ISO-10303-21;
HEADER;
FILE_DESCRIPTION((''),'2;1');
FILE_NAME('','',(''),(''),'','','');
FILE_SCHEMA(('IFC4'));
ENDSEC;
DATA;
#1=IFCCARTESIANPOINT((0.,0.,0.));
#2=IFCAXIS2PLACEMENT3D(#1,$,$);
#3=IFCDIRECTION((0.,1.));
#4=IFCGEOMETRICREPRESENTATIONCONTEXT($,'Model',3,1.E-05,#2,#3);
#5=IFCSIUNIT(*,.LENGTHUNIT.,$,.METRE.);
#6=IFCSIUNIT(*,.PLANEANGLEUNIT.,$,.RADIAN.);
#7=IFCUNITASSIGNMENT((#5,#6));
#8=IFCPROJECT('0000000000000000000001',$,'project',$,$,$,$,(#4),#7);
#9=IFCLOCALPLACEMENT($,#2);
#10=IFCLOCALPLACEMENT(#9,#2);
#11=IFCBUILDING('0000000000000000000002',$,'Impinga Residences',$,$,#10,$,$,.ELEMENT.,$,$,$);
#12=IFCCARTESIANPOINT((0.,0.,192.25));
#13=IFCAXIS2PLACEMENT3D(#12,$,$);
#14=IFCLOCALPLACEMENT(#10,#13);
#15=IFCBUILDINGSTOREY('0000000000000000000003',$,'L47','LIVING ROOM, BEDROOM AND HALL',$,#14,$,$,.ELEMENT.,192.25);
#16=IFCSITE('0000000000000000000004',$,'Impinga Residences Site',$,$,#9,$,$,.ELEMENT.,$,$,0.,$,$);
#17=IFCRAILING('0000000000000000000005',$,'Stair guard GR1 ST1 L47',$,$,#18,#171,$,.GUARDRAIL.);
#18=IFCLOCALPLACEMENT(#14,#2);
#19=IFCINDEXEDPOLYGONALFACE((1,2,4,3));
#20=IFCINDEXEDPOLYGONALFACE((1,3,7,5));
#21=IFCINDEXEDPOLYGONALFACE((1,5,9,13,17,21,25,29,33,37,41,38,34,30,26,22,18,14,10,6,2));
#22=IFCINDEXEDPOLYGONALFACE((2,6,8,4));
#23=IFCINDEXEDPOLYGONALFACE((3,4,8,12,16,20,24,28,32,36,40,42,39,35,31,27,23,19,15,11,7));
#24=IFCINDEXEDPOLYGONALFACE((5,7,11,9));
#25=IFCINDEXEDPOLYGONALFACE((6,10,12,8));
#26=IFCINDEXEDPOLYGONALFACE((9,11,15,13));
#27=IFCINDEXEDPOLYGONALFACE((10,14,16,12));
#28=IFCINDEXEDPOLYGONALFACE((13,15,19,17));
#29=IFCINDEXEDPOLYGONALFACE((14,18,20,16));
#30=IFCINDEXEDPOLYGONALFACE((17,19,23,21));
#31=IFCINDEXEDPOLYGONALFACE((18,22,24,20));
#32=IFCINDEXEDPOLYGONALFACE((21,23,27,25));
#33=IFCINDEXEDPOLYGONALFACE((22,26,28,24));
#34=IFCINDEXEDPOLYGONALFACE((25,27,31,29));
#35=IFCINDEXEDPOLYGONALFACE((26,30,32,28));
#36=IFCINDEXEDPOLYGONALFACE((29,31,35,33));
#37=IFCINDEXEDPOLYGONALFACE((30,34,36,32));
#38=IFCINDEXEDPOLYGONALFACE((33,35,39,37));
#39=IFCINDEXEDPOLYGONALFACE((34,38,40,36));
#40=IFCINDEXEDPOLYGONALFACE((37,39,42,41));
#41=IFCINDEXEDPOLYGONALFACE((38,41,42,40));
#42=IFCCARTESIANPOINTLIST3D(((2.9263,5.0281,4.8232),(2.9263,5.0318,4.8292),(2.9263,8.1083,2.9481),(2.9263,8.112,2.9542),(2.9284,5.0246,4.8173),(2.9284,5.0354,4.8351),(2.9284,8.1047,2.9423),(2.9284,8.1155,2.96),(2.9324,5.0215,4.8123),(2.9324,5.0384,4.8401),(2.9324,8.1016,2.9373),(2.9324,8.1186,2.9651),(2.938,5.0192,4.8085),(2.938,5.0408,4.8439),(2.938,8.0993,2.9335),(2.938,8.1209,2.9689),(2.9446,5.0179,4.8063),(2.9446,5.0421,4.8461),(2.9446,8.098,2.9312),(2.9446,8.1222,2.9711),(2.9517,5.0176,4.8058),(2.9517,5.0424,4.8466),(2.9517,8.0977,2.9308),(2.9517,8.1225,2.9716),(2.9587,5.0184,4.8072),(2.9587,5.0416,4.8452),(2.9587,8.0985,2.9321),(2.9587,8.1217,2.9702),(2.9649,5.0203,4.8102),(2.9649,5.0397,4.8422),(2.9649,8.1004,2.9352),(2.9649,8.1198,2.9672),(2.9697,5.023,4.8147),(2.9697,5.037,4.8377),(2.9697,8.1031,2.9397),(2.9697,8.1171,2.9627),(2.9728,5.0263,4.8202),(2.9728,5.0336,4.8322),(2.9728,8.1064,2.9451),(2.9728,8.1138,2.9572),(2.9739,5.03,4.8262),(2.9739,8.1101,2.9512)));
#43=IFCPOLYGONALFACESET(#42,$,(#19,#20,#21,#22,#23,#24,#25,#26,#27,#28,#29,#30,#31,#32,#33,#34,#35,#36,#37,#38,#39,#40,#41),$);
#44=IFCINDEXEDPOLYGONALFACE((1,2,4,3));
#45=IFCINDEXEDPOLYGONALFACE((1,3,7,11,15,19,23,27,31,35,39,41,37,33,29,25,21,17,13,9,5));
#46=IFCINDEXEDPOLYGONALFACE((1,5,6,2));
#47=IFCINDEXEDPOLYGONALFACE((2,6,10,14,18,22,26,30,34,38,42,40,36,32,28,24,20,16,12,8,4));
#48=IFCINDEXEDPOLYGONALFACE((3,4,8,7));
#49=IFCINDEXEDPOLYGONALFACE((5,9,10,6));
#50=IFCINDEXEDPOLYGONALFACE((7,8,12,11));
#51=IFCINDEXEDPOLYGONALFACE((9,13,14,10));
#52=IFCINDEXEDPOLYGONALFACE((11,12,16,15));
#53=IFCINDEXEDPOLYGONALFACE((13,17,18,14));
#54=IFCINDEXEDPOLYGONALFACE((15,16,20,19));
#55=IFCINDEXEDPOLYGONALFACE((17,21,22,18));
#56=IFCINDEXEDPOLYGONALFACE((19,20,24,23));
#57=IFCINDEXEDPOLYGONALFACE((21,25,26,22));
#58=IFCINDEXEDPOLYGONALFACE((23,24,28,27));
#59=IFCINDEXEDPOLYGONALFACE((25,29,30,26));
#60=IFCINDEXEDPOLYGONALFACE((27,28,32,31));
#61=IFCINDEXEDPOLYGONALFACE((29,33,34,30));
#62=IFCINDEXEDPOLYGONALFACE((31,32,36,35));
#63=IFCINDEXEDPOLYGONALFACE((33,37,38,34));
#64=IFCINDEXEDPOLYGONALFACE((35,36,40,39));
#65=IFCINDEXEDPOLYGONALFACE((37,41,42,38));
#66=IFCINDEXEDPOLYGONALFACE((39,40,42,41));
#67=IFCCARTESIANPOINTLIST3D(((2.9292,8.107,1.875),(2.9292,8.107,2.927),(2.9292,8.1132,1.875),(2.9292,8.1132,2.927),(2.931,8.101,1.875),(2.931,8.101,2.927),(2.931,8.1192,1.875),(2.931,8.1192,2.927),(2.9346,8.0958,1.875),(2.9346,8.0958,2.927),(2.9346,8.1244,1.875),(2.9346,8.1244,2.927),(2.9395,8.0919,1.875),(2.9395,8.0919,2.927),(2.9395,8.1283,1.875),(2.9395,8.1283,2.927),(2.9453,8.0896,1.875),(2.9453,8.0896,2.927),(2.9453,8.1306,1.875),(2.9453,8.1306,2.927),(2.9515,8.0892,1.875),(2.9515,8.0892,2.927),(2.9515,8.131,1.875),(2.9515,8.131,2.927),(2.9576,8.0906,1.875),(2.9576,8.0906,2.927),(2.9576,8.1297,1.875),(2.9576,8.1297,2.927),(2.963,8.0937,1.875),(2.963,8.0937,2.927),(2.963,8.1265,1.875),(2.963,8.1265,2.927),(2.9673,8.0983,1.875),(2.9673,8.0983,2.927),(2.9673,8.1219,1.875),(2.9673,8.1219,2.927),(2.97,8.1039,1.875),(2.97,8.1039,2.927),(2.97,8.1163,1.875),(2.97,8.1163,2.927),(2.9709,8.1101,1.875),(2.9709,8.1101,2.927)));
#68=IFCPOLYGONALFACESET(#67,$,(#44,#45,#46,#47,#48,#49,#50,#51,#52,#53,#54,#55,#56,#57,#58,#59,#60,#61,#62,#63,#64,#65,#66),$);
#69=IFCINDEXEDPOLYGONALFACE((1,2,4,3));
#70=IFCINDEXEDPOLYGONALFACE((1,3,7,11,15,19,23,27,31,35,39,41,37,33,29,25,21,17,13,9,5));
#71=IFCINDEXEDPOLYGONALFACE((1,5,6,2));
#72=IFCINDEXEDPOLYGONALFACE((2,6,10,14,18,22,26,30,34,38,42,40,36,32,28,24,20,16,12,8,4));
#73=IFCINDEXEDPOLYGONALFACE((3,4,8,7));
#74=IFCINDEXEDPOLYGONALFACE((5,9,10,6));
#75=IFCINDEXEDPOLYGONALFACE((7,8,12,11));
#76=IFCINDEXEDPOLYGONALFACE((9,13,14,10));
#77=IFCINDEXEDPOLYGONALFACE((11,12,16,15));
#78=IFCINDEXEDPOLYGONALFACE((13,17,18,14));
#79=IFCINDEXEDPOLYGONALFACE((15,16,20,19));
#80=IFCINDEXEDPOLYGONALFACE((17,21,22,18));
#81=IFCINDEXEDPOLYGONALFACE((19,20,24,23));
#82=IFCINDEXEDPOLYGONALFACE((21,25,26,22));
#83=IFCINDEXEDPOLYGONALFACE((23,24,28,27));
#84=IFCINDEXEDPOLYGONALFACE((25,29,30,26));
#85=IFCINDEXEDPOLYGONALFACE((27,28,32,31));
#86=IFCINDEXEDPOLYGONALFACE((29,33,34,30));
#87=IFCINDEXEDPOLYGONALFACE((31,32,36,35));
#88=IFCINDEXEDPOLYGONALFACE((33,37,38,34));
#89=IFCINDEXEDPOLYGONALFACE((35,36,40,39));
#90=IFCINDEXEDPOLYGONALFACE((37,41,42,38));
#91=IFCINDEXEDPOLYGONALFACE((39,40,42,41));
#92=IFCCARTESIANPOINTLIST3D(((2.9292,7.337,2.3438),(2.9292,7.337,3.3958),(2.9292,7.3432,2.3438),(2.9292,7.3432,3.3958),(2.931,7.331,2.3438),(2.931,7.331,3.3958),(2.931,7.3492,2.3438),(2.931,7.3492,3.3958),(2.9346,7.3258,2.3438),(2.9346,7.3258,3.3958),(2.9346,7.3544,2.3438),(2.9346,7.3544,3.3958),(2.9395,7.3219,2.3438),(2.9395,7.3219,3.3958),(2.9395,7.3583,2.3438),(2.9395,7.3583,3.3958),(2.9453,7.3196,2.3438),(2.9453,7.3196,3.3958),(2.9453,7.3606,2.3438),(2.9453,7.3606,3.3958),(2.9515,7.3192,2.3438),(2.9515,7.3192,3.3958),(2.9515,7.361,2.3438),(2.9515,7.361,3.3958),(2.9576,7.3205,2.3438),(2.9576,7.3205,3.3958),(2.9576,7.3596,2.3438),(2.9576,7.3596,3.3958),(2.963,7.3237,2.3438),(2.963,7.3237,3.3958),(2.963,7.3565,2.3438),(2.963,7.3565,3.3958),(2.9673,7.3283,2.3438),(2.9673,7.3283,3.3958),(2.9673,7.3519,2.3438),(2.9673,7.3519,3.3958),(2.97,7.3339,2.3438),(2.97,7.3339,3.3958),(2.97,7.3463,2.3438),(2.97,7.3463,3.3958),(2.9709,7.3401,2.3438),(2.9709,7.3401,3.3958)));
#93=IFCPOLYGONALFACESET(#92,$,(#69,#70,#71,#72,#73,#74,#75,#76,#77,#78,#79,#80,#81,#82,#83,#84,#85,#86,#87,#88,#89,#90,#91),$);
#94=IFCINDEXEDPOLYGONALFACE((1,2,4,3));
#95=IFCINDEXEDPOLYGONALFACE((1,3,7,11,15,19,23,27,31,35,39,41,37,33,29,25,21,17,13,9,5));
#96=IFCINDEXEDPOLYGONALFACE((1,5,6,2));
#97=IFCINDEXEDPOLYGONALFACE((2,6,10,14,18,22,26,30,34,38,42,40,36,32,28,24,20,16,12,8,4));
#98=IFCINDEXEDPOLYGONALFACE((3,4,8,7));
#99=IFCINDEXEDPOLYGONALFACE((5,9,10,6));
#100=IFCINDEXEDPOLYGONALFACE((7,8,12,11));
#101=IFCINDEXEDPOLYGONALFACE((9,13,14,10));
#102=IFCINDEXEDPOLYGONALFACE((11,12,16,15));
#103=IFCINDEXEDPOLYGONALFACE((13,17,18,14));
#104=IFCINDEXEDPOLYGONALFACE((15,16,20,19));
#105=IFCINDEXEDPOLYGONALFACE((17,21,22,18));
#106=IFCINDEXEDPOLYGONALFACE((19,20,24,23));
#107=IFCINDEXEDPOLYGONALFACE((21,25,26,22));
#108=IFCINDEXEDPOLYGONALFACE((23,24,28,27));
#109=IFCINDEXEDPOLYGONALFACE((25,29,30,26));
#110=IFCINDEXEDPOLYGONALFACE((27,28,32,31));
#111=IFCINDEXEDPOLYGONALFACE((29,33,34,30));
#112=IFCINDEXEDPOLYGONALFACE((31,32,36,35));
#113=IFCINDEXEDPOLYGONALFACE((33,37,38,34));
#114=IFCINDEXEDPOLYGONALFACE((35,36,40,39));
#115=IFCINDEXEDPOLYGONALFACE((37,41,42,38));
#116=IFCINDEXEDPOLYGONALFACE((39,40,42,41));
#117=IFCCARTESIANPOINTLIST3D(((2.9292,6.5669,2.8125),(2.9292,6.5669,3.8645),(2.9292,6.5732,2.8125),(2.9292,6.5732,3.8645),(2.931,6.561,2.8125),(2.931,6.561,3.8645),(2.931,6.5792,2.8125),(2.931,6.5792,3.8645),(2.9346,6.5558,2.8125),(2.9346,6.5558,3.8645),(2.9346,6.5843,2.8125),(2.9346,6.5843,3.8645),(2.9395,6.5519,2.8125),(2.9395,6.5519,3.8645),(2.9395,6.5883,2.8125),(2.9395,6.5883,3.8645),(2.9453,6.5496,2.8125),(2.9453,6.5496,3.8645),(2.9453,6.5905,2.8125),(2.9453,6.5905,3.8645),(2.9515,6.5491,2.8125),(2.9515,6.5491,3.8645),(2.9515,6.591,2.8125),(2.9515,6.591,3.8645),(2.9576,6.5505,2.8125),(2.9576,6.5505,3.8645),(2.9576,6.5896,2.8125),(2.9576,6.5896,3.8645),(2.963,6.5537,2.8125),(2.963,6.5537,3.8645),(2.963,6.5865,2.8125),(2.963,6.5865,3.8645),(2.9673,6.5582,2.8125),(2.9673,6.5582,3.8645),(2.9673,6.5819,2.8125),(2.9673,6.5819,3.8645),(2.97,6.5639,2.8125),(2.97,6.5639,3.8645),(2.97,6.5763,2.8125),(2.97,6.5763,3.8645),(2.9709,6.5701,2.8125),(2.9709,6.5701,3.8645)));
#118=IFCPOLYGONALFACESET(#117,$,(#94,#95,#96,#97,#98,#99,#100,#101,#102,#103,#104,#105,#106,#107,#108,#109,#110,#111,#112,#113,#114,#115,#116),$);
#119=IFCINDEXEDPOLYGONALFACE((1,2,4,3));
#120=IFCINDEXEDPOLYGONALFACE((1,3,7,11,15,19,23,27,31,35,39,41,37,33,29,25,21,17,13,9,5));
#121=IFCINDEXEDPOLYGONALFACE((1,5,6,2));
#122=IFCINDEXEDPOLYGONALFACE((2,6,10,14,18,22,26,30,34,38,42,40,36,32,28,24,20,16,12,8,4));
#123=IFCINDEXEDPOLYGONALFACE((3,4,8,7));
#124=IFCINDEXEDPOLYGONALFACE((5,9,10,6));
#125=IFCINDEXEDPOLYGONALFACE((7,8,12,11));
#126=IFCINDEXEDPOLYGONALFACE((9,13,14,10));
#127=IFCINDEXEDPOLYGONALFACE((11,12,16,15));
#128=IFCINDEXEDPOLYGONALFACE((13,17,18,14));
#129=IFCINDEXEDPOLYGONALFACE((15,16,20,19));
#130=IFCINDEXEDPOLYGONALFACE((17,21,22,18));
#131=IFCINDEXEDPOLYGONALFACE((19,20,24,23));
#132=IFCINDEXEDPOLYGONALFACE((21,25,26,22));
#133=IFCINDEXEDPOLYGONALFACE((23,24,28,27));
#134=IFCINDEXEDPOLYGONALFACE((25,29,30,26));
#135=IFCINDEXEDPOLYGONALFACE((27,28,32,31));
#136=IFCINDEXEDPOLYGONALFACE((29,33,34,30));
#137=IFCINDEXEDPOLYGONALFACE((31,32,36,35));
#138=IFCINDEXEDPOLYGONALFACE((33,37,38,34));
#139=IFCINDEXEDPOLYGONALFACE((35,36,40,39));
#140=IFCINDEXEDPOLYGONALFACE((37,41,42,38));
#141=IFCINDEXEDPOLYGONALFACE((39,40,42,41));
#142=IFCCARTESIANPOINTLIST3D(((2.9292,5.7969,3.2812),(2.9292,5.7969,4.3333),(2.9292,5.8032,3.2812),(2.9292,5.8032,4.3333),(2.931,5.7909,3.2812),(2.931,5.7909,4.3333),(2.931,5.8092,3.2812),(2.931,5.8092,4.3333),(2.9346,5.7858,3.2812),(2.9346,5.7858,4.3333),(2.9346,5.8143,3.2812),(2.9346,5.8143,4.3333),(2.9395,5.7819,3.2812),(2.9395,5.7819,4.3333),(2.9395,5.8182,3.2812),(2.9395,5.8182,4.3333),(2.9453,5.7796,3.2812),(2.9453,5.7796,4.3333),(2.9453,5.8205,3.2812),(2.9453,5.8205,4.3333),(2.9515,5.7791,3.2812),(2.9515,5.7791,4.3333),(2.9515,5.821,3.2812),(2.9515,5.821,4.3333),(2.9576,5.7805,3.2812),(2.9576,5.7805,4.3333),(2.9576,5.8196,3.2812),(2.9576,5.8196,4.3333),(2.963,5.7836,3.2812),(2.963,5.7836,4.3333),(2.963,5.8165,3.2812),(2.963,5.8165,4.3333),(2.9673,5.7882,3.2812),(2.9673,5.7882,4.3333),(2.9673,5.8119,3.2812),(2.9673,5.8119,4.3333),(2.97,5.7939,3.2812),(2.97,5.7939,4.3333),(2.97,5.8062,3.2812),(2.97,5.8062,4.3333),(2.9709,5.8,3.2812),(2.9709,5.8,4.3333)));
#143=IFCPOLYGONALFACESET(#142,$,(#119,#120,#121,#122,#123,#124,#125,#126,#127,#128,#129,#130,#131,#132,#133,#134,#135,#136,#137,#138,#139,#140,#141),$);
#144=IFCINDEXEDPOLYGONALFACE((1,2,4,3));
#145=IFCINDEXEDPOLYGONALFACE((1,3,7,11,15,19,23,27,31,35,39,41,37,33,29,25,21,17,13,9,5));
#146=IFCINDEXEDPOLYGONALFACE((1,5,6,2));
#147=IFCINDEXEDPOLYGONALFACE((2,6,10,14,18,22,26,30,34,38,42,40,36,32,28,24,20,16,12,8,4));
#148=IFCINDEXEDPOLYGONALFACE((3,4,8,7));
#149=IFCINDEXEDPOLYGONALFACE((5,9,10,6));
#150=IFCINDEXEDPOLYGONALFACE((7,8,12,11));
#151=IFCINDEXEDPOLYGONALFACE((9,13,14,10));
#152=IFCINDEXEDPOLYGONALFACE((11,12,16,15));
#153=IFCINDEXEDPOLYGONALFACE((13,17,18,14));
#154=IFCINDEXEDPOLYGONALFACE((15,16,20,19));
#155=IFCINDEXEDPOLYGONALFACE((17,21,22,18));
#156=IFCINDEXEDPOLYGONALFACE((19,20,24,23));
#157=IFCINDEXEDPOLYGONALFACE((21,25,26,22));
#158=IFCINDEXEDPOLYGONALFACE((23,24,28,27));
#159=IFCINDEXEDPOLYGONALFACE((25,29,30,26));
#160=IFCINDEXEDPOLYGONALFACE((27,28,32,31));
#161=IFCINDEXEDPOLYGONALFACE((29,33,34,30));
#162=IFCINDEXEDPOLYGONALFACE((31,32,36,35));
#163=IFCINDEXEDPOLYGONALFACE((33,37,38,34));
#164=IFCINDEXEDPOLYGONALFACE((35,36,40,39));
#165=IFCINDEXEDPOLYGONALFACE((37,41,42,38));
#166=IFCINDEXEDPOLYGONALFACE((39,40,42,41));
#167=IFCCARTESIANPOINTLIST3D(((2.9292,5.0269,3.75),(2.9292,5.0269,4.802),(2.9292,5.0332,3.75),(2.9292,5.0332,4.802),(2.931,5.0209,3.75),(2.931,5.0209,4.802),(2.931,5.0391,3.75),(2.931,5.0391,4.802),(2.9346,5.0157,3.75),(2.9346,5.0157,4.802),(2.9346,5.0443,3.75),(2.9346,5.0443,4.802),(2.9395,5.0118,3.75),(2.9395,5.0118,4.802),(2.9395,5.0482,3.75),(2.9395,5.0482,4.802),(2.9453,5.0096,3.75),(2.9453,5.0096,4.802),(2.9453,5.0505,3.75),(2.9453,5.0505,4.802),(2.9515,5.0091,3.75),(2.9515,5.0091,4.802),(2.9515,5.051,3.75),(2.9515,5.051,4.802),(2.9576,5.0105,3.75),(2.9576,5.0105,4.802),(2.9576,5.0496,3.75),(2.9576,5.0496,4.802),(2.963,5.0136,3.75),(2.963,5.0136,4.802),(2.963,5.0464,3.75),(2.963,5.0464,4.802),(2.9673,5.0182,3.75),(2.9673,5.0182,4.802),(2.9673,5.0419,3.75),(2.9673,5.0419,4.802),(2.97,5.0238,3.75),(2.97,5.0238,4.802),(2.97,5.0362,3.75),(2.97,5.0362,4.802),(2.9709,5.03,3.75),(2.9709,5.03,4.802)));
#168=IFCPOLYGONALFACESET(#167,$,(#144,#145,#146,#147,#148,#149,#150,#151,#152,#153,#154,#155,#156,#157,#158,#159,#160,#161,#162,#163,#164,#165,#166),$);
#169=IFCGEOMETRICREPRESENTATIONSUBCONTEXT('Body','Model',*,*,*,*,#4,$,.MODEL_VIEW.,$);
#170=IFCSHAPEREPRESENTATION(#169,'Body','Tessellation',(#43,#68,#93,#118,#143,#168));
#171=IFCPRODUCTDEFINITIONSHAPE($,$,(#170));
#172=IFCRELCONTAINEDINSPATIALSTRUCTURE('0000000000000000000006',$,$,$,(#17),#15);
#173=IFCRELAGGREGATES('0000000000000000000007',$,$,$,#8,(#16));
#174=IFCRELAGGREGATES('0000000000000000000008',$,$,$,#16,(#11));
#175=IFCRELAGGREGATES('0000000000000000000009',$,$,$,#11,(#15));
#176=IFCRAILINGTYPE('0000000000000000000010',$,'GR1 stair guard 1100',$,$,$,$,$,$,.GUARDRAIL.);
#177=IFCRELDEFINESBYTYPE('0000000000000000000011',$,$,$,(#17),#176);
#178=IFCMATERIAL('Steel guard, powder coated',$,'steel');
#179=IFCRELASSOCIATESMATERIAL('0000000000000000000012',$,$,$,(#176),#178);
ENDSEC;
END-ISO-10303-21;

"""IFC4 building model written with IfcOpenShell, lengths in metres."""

from ifc_helpers import new_model, si_unit, direction, frame, origin, origin_2d, place, context, subcontext, project, spatial, circle, extrude, material, type_object, element, save


model = new_model("IFC4")

# Units and contexts
model_context = context("Model", 3, precision=1e-05, world=origin(), true_north=direction((0.0, 1.0)))
body_context = subcontext(model_context, "Body", "Model", "MODEL_VIEW")
ifc_project = project(units=[si_unit("LENGTHUNIT", "METRE"), si_unit("PLANEANGLEUNIT", "RADIAN")], contexts=[model_context])

# Site, building, storey
site_placement = place(None, origin())
site = spatial("IfcSite", under=ifc_project, at=site_placement, Name="Impinga Residences Site", CompositionType="ELEMENT", RefElevation=0.0)
building_placement = place(site_placement, origin())
building = spatial("IfcBuilding", under=site, at=building_placement, Name="Impinga Residences", CompositionType="ELEMENT")
storey_placement = place(building_placement, frame((0.0, 0.0, 192.25)))
storey = spatial("IfcBuildingStorey", under=building, at=storey_placement, Name="L47", Description="LIVING ROOM, BEDROOM AND HALL", CompositionType="ELEMENT", Elevation=192.25)

# Railing
ifc_material_1 = material(Name="Steel guard, powder coated", Category="steel")
railing_type_1 = type_object("IfcRailingType", Name="GR1 stair guard 1100", PredefinedType="GUARDRAIL", material=ifc_material_1)
railing_1_placement = place(storey_placement, frame((2.95, 8.1101, 1.875)))
element("IfcRailing", 1, at=railing_1_placement, inside=storey, type_object=railing_type_1, Name="Stair guard GR1 ST1 L47", PredefinedType="GUARDRAIL", context=body_context, shape_type="SweptSolid", body=[
    extrude(circle(Radius=0.0239, at=origin_2d()), frame((0.0, 0.0, 1.0762), z_axis=(0.0, -0.854178, 0.519981), x_axis=(1.0, 0.0, 0.0)), (0.0, 0.0, 1.0), 3.606),
    extrude(circle(Radius=0.021, at=origin_2d()), origin(), (0.0, 0.0, 1.0), 1.052),
    extrude(circle(Radius=0.021, at=origin_2d()), frame((0.0, -0.77, 0.4688)), (0.0, 0.0, 1.0), 1.052),
    extrude(circle(Radius=0.021, at=origin_2d()), frame((0.0, -1.54, 0.9375)), (0.0, 0.0, 1.0), 1.052),
    extrude(circle(Radius=0.021, at=origin_2d()), frame((0.0, -2.3101, 1.4062)), (0.0, 0.0, 1.0), 1.052),
    extrude(circle(Radius=0.021, at=origin_2d()), frame((0.0, -3.0801, 1.875)), (0.0, 0.0, 1.0), 1.052),
])

save(model, "model.ifc")
